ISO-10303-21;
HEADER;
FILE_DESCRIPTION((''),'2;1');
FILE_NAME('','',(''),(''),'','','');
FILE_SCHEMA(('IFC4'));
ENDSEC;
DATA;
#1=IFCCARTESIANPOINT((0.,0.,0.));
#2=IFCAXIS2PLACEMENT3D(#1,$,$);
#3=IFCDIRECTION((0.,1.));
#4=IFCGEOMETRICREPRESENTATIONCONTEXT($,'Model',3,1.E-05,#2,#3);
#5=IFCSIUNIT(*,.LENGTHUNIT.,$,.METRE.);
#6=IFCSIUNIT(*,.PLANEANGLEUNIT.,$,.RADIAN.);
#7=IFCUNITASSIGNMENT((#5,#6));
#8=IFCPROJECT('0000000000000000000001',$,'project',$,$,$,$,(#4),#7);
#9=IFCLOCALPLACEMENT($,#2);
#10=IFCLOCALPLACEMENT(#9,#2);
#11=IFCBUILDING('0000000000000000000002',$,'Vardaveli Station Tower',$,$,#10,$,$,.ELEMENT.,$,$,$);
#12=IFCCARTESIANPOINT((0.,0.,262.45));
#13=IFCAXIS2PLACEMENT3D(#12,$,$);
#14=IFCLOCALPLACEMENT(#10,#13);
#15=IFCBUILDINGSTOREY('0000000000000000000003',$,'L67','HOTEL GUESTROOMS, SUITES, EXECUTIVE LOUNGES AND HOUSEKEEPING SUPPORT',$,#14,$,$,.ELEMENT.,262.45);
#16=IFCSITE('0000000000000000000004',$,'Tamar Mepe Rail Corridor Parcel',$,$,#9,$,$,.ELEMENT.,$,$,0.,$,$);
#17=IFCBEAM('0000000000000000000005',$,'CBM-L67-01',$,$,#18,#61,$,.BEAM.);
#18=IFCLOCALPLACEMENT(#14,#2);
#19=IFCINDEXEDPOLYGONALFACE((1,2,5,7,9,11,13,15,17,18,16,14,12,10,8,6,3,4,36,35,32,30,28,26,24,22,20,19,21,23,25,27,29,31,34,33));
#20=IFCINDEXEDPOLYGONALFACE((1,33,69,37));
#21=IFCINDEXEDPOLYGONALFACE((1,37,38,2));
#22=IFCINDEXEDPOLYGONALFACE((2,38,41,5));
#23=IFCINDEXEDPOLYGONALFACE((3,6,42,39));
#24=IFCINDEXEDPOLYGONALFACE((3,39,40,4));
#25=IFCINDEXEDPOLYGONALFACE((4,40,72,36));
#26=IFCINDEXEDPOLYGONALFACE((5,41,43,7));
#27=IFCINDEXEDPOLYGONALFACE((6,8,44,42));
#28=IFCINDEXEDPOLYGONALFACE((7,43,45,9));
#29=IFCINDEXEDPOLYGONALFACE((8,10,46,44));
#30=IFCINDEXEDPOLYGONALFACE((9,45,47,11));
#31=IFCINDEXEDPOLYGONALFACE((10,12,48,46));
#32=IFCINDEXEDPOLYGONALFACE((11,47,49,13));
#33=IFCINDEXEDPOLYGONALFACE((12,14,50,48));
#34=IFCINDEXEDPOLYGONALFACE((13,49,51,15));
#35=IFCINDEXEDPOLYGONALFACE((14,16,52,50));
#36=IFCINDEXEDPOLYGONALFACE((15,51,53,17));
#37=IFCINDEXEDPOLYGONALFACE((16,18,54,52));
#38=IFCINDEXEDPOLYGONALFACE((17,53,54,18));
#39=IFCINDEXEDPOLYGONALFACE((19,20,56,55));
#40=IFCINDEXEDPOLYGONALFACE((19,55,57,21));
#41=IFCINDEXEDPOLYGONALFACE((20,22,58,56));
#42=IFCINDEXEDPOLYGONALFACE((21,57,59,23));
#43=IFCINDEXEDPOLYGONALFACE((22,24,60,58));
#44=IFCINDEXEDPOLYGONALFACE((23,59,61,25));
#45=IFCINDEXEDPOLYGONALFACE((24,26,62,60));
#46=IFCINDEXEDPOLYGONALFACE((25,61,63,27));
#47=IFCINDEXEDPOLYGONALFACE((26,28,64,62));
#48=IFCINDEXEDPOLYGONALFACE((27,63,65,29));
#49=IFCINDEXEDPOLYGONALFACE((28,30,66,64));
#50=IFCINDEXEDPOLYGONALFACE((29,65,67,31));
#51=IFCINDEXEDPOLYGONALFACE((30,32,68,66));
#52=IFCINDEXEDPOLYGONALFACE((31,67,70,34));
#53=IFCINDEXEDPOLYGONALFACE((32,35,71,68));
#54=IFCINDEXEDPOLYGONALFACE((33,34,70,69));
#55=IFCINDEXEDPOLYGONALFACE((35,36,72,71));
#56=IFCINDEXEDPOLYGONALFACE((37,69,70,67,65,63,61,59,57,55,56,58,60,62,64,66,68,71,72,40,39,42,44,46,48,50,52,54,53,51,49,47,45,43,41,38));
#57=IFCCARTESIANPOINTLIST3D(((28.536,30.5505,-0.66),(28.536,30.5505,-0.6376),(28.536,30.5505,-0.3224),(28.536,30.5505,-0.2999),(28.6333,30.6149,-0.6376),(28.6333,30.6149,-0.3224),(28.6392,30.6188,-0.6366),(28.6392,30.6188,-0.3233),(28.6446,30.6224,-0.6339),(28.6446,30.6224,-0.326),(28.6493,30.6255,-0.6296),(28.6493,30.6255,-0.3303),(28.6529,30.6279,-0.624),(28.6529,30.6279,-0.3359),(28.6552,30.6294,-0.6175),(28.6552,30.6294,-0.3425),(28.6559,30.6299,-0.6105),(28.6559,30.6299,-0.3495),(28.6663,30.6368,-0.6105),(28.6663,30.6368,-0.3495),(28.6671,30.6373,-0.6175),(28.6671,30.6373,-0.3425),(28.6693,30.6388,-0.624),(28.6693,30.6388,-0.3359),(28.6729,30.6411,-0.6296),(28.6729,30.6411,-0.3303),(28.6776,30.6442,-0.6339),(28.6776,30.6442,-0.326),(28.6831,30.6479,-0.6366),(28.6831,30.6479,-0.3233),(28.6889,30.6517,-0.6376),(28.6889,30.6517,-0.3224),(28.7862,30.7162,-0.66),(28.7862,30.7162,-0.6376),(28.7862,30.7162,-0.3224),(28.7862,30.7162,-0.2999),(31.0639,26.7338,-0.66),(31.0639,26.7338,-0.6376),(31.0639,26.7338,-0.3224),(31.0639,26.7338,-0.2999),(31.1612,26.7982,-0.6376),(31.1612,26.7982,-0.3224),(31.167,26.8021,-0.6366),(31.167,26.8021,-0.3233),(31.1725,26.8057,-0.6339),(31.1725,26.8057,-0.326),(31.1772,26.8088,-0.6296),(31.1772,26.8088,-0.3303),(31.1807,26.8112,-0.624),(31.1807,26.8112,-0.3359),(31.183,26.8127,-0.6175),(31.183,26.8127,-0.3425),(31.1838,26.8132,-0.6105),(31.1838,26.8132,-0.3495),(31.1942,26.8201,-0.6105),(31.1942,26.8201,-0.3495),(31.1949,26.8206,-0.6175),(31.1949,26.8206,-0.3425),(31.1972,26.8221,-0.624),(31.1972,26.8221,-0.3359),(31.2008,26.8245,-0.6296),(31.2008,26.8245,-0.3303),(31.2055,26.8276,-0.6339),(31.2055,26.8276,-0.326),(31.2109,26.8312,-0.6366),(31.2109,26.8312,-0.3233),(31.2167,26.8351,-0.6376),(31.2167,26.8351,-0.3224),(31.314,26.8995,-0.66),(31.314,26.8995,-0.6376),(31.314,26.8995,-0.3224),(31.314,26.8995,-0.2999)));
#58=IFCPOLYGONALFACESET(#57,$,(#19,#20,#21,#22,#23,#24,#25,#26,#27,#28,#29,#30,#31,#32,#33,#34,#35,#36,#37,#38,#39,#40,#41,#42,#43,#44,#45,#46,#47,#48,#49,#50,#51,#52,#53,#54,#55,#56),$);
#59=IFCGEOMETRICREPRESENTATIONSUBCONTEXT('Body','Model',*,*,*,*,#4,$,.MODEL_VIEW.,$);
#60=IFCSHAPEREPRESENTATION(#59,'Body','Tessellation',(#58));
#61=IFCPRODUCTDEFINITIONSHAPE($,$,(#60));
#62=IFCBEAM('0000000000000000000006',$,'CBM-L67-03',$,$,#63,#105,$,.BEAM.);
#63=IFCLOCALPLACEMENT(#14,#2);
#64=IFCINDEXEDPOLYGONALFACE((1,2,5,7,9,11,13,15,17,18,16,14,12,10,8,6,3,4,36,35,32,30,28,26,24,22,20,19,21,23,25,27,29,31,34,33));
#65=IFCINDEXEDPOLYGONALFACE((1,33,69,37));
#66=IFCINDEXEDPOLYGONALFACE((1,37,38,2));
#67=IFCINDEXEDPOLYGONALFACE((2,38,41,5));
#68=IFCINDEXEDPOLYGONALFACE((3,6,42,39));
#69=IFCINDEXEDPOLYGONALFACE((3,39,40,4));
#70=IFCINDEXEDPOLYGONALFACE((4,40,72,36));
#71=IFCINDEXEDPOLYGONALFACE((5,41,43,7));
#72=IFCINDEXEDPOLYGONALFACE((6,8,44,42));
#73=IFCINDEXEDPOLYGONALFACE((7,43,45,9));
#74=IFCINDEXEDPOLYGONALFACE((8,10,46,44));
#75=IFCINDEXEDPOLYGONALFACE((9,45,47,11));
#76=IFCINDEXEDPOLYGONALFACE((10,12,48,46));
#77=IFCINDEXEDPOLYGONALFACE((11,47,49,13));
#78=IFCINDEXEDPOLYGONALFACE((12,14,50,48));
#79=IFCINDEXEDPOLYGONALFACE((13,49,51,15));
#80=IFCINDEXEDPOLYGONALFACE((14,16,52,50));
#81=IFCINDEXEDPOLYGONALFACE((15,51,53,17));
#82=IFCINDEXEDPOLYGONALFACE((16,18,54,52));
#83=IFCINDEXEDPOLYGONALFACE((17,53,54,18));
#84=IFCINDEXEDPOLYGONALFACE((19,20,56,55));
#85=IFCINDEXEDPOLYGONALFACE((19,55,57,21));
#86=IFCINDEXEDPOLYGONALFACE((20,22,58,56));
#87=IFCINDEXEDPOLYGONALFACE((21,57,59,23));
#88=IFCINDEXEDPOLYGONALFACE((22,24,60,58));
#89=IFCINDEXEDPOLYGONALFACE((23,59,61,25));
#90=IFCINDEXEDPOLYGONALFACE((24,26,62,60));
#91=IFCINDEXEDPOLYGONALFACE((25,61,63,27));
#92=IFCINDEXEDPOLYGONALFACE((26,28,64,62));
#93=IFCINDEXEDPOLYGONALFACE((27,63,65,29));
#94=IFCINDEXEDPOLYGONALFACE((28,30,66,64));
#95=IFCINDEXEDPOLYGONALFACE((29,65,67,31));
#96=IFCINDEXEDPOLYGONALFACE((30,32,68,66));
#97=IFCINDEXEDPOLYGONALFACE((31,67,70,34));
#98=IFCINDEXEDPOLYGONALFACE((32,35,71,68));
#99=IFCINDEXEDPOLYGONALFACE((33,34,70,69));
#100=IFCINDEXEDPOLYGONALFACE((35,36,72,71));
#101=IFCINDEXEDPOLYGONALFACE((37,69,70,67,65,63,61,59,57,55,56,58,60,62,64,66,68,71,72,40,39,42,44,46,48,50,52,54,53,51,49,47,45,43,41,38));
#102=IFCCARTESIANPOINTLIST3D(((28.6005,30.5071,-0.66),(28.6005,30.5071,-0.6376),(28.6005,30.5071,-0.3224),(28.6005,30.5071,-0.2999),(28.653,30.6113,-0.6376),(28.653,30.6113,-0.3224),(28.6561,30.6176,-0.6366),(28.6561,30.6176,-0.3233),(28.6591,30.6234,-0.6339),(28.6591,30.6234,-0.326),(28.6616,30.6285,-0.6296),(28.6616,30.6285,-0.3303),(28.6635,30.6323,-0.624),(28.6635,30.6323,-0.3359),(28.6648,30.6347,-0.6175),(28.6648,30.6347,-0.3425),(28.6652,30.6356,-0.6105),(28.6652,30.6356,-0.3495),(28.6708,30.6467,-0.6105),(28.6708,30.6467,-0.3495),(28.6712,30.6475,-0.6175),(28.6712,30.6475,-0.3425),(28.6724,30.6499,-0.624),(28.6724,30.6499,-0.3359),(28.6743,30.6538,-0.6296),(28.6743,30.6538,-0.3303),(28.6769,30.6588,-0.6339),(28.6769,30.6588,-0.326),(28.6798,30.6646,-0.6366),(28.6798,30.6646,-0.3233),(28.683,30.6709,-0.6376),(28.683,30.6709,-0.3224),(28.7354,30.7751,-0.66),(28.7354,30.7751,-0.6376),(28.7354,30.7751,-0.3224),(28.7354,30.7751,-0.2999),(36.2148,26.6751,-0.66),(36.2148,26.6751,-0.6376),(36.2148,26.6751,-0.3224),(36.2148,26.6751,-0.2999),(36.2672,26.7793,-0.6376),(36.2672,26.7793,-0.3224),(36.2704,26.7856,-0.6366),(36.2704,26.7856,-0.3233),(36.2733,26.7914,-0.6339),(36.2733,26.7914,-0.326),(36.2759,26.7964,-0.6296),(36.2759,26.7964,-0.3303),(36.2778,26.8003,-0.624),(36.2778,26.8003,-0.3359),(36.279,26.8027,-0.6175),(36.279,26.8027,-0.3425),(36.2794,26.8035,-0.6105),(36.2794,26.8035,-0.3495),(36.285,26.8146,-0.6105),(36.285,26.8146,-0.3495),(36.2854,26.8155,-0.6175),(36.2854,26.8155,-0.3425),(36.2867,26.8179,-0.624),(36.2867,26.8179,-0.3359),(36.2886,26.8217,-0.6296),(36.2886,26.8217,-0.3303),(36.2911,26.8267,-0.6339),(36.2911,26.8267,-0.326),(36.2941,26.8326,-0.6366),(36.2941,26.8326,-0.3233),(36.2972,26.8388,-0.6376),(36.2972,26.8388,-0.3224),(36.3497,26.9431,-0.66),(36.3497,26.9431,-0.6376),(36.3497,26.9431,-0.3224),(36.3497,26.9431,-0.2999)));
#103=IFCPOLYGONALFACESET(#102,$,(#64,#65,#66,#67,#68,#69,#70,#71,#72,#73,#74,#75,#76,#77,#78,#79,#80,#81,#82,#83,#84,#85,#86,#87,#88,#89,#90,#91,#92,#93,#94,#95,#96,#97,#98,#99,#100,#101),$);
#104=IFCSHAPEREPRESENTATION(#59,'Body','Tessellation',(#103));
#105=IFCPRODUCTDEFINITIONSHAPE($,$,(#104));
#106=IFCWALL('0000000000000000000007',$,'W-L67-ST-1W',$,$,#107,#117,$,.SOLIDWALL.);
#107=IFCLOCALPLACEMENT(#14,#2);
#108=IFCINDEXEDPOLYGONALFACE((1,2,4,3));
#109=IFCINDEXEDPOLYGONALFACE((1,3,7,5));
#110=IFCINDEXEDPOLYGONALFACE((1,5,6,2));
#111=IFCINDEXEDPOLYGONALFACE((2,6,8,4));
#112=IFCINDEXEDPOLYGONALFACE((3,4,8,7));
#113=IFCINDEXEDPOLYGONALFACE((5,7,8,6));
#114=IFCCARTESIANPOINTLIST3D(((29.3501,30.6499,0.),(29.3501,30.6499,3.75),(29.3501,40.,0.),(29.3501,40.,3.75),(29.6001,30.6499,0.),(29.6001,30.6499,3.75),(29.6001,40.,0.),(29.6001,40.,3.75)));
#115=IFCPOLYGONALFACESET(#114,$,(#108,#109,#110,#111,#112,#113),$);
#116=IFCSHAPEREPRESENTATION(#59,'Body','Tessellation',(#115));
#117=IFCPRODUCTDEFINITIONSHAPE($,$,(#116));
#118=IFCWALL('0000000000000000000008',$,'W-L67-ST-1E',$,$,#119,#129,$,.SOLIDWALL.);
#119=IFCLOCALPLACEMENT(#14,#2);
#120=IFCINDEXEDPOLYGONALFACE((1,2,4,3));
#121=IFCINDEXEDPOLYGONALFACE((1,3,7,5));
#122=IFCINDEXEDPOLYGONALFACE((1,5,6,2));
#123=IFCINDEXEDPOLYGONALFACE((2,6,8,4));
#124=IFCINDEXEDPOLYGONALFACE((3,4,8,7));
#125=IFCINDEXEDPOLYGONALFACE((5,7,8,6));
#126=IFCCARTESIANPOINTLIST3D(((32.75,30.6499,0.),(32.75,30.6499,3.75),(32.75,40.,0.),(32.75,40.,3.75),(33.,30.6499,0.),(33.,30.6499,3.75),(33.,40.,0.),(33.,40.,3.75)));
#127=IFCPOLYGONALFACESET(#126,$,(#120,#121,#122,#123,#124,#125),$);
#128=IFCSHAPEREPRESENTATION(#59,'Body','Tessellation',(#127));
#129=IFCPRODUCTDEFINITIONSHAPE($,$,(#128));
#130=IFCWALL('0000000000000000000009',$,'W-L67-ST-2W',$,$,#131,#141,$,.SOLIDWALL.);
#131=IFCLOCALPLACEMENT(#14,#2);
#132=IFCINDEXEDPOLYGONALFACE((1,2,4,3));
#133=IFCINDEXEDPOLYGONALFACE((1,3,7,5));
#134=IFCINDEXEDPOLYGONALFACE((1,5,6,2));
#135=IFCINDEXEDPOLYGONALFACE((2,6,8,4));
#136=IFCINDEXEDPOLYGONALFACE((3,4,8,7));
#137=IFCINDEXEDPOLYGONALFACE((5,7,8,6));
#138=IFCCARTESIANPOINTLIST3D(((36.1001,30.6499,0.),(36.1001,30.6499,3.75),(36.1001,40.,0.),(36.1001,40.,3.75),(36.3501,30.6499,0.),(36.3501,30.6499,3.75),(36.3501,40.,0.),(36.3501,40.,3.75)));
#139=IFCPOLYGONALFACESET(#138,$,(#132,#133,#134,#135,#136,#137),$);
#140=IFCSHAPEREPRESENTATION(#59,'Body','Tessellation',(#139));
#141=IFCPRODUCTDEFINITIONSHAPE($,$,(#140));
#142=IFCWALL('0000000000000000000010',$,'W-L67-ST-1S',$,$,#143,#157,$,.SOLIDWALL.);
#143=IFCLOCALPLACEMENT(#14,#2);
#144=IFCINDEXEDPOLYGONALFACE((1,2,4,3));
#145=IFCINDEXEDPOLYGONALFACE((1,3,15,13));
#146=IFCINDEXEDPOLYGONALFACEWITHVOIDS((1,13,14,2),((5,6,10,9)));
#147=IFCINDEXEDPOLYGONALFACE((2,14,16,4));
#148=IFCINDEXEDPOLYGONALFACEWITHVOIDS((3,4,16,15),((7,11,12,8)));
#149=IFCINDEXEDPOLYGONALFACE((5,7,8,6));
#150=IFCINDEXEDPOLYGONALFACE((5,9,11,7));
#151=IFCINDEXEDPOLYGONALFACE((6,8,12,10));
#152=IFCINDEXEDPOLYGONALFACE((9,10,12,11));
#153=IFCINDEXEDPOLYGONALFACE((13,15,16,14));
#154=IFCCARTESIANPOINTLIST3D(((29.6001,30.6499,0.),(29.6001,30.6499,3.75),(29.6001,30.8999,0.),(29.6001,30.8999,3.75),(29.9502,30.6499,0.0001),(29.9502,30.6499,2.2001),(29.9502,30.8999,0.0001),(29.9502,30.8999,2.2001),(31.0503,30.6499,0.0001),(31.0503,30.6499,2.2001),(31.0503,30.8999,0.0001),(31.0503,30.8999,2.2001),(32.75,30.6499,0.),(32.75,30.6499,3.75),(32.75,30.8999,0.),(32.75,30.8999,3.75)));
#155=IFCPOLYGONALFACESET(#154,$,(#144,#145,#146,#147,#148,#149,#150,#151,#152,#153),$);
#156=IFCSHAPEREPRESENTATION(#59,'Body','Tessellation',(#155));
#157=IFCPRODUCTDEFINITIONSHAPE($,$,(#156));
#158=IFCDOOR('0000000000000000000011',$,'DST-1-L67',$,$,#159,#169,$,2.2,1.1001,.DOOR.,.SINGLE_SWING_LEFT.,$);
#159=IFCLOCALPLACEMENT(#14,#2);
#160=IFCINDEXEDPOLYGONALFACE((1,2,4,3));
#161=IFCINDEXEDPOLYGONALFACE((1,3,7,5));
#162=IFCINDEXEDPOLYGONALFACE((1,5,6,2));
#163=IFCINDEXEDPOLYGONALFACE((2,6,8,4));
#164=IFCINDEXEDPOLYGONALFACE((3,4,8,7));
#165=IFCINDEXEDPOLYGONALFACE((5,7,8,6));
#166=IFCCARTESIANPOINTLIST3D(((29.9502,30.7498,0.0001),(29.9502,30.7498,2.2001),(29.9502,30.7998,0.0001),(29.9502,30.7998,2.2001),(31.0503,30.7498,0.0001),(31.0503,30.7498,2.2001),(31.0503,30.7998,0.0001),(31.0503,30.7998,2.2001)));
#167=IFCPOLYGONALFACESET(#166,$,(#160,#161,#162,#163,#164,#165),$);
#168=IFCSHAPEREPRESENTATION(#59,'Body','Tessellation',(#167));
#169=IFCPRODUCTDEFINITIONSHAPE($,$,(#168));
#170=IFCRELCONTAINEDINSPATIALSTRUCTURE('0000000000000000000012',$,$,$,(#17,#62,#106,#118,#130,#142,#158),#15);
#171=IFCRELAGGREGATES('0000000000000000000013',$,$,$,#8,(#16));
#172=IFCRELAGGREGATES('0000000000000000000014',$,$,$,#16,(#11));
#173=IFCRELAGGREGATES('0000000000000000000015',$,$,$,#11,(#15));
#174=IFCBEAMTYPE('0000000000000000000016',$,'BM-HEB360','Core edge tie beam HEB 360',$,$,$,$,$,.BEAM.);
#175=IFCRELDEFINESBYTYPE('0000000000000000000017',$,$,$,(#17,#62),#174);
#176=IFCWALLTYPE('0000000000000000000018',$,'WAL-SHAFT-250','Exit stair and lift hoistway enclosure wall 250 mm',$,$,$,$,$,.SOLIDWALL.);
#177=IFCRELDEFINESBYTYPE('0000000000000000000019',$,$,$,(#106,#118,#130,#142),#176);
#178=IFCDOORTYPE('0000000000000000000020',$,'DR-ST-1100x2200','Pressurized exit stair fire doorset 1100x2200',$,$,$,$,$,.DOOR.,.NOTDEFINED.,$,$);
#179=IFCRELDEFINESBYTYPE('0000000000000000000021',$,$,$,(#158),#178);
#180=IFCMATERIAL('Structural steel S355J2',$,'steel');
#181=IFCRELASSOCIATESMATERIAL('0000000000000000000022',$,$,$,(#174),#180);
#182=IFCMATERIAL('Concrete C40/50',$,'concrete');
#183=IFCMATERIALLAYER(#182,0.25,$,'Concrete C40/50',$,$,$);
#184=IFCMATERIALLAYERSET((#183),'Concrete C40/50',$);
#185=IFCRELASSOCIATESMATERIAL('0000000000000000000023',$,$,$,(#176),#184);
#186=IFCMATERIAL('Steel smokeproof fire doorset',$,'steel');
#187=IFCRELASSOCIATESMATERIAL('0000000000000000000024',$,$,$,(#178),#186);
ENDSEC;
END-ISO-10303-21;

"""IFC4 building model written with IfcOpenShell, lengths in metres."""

from ifc_helpers import new_model, si_unit, direction, frame, frame_2d, origin, origin_2d, place, context, subcontext, project, spatial, rectangle, i_section, extrude, source, transform, mapped, material, layer, layer_set, material_profile, profile_set, type_object, element, fill, save


model = new_model("IFC4")

# Units and contexts
model_context = context("Model", 3, precision=1e-05, world=origin(), true_north=direction((0.0, 1.0)))
body_context = subcontext(model_context, "Body", "Model", "MODEL_VIEW")
ifc_project = project(units=[si_unit("LENGTHUNIT", "METRE"), si_unit("PLANEANGLEUNIT", "RADIAN")], contexts=[model_context])

# Site, building, storey
site_placement = place(None, origin())
site = spatial("IfcSite", under=ifc_project, at=site_placement, Name="Tamar Mepe Rail Corridor Parcel", CompositionType="ELEMENT", RefElevation=0.0)
building_placement = place(site_placement, origin())
building = spatial("IfcBuilding", under=site, at=building_placement, Name="Vardaveli Station Tower", CompositionType="ELEMENT")
storey_placement = place(building_placement, frame((0.0, 0.0, 262.45)))
storey = spatial("IfcBuildingStorey", under=building, at=storey_placement, Name="L67", Description="HOTEL GUESTROOMS, SUITES, EXECUTIVE LOUNGES AND HOUSEKEEPING SUPPORT", CompositionType="ELEMENT", Elevation=262.45)

# Beams
ifc_material_1 = material(Name="Structural steel S355J2", Category="steel")
ifc_material_profile_1 = material_profile(ifc_material_1, i_section(OverallWidth=0.3, OverallDepth=0.3601, WebThickness=0.0125, FlangeThickness=0.0225, FilletRadius=0.0271, at=origin_2d()), Name="HEB 360")
ifc_profile_set_1 = profile_set([ifc_material_profile_1], Name="Structural steel S355J2")
beam_type_1 = type_object("IfcBeamType", Name="BM-HEB360", Description="Core edge tie beam HEB 360", PredefinedType="BEAM", material=ifc_profile_set_1)
shared_shape_1 = source(origin(), body_context, "Body", "SweptSolid", [
    extrude(i_section(OverallWidth=0.3, OverallDepth=0.3601, WebThickness=0.0125, FlangeThickness=0.0225, FilletRadius=0.0271, at=origin_2d()), origin(), (0.0, 0.0, 1.0), 4.5779),
])
beam_1_placement = place(storey_placement, frame((31.189, 26.8167, -0.48), z_axis=(-0.552187, 0.83372, 0.0), x_axis=(-0.83372, -0.552187, 0.0)))
element("IfcBeam", 1, at=beam_1_placement, inside=storey, type_object=beam_type_1, Name="CBM-L67-01", PredefinedType="BEAM", context=body_context, shape_type="MappedRepresentation", body=[
    mapped(shared_shape_1, transform((0.0, 0.0, 0.0), scale=1.0)),
])
shared_shape_2 = source(origin(), body_context, "Body", "SweptSolid", [
    extrude(i_section(OverallWidth=0.3, OverallDepth=0.3601, WebThickness=0.0125, FlangeThickness=0.0225, FilletRadius=0.0271, at=origin_2d()), origin(), (0.0, 0.0, 1.0), 8.5242),
])
beam_2_placement = place(storey_placement, frame((28.668, 30.6411, -0.48), z_axis=(0.893256, -0.449549, 0.0), x_axis=(0.449549, 0.893256, 0.0)))
element("IfcBeam", 2, at=beam_2_placement, inside=storey, type_object=beam_type_1, Name="CBM-L67-03", PredefinedType="BEAM", context=body_context, shape_type="MappedRepresentation", body=[
    mapped(shared_shape_2, transform((0.0, 0.0, 0.0), scale=1.0)),
])

# Walls
ifc_material_2 = material(Name="Concrete C40/50", Category="concrete")
ifc_layer_1 = layer(ifc_material_2, 0.25, Name="Concrete C40/50")
ifc_layer_set_1 = layer_set([ifc_layer_1], Name="Concrete C40/50")
wall_type_1 = type_object("IfcWallType", Name="WAL-SHAFT-250", Description="Exit stair and lift hoistway enclosure wall 250 mm", PredefinedType="SOLIDWALL", material=ifc_layer_set_1)
shared_shape_3 = source(origin(), body_context, "Body", "SweptSolid", [
    extrude(rectangle(XDim=9.3501, YDim=0.25, at=frame_2d((4.675, 0.0))), origin(), (0.0, 0.0, 1.0), 3.75),
])
for number, where, z_axis, x_axis, name in (
    (3, (29.4751, 30.6499, 0.0), (0.0, 0.0, 1.0), (0.0, 1.0, 0.0), "W-L67-ST-1W"),
    (4, (32.875, 30.6499, 0.0), (0.0, 0.0, 1.0), (0.0, 1.0, 0.0), "W-L67-ST-1E"),
    (5, (36.2251, 30.6499, 0.0), (0.0, 0.0, 1.0), (0.0, 1.0, 0.0), "W-L67-ST-2W"),
):
    element("IfcWall", number, at=place(storey_placement, frame(where, z_axis=z_axis, x_axis=x_axis)), inside=storey, type_object=wall_type_1, Name=name, PredefinedType="SOLIDWALL", context=body_context, shape_type="MappedRepresentation", body=[
        mapped(shared_shape_3, transform((0.0, 0.0, 0.0), scale=1.0)),
    ])

# Wall, opening, door
shared_shape_4 = source(origin(), body_context, "Body", "SweptSolid", [
    extrude(rectangle(XDim=3.1499, YDim=0.25, at=frame_2d((1.575, 0.0))), origin(), (0.0, 0.0, 1.0), 3.75),
])
wall_1_placement = place(storey_placement, frame((29.6001, 30.7749, 0.0), z_axis=(0.0, 0.0, 1.0), x_axis=(1.0, 0.0, 0.0)))
wall_1 = element("IfcWall", 6, at=wall_1_placement, inside=storey, type_object=wall_type_1, Name="W-L67-ST-1S", PredefinedType="SOLIDWALL", context=body_context, shape_type="MappedRepresentation", body=[
    mapped(shared_shape_4, transform((0.0, 0.0, 0.0), scale=1.0)),
])
shared_shape_5 = source(origin(), body_context, "Body", "SweptSolid", [
    extrude(rectangle(XDim=1.1001, YDim=2.2, at=frame_2d((0.55, 1.1001))), frame((0.0, 0.135, 0.0), z_axis=(0.0, -1.0, 0.0), x_axis=(1.0, 0.0, 0.0)), (0.0, 0.0, 1.0), 0.27),
])
opening_1_placement = place(wall_1_placement, frame((0.3501, 0.0, 0.0)))
opening_1 = element("IfcOpeningElement", 7, at=opening_1_placement, cuts=wall_1, PredefinedType="OPENING", context=body_context, shape_type="MappedRepresentation", body=[
    mapped(shared_shape_5, transform((0.0, 0.0, 0.0), scale=1.0)),
])
ifc_material_3 = material(Name="Steel smokeproof fire doorset", Category="steel")
door_type_1 = type_object("IfcDoorType", Name="DR-ST-1100x2200", Description="Pressurized exit stair fire doorset 1100x2200", OperationType="NOTDEFINED", PredefinedType="DOOR", material=ifc_material_3)
shared_shape_6 = source(origin(), body_context, "Body", "SweptSolid", [
    extrude(rectangle(XDim=1.1001, YDim=2.2, at=frame_2d((0.55, 1.1001))), frame((0.0, 0.0249, 0.0), z_axis=(0.0, -1.0, 0.0), x_axis=(1.0, 0.0, 0.0)), (0.0, 0.0, 1.0), 0.05),
])
door_1_placement = place(opening_1_placement, origin())
door_1 = element("IfcDoor", 8, at=door_1_placement, inside=storey, type_object=door_type_1, Name="DST-1-L67", OperationType="SINGLE_SWING_LEFT", OverallHeight=2.2, OverallWidth=1.1001, PredefinedType="DOOR", context=body_context, shape_type="MappedRepresentation", body=[
    mapped(shared_shape_6, transform((0.0, 0.0, 0.0), scale=1.0)),
])
fill(opening_1, door_1)

save(model, "model.ifc")
